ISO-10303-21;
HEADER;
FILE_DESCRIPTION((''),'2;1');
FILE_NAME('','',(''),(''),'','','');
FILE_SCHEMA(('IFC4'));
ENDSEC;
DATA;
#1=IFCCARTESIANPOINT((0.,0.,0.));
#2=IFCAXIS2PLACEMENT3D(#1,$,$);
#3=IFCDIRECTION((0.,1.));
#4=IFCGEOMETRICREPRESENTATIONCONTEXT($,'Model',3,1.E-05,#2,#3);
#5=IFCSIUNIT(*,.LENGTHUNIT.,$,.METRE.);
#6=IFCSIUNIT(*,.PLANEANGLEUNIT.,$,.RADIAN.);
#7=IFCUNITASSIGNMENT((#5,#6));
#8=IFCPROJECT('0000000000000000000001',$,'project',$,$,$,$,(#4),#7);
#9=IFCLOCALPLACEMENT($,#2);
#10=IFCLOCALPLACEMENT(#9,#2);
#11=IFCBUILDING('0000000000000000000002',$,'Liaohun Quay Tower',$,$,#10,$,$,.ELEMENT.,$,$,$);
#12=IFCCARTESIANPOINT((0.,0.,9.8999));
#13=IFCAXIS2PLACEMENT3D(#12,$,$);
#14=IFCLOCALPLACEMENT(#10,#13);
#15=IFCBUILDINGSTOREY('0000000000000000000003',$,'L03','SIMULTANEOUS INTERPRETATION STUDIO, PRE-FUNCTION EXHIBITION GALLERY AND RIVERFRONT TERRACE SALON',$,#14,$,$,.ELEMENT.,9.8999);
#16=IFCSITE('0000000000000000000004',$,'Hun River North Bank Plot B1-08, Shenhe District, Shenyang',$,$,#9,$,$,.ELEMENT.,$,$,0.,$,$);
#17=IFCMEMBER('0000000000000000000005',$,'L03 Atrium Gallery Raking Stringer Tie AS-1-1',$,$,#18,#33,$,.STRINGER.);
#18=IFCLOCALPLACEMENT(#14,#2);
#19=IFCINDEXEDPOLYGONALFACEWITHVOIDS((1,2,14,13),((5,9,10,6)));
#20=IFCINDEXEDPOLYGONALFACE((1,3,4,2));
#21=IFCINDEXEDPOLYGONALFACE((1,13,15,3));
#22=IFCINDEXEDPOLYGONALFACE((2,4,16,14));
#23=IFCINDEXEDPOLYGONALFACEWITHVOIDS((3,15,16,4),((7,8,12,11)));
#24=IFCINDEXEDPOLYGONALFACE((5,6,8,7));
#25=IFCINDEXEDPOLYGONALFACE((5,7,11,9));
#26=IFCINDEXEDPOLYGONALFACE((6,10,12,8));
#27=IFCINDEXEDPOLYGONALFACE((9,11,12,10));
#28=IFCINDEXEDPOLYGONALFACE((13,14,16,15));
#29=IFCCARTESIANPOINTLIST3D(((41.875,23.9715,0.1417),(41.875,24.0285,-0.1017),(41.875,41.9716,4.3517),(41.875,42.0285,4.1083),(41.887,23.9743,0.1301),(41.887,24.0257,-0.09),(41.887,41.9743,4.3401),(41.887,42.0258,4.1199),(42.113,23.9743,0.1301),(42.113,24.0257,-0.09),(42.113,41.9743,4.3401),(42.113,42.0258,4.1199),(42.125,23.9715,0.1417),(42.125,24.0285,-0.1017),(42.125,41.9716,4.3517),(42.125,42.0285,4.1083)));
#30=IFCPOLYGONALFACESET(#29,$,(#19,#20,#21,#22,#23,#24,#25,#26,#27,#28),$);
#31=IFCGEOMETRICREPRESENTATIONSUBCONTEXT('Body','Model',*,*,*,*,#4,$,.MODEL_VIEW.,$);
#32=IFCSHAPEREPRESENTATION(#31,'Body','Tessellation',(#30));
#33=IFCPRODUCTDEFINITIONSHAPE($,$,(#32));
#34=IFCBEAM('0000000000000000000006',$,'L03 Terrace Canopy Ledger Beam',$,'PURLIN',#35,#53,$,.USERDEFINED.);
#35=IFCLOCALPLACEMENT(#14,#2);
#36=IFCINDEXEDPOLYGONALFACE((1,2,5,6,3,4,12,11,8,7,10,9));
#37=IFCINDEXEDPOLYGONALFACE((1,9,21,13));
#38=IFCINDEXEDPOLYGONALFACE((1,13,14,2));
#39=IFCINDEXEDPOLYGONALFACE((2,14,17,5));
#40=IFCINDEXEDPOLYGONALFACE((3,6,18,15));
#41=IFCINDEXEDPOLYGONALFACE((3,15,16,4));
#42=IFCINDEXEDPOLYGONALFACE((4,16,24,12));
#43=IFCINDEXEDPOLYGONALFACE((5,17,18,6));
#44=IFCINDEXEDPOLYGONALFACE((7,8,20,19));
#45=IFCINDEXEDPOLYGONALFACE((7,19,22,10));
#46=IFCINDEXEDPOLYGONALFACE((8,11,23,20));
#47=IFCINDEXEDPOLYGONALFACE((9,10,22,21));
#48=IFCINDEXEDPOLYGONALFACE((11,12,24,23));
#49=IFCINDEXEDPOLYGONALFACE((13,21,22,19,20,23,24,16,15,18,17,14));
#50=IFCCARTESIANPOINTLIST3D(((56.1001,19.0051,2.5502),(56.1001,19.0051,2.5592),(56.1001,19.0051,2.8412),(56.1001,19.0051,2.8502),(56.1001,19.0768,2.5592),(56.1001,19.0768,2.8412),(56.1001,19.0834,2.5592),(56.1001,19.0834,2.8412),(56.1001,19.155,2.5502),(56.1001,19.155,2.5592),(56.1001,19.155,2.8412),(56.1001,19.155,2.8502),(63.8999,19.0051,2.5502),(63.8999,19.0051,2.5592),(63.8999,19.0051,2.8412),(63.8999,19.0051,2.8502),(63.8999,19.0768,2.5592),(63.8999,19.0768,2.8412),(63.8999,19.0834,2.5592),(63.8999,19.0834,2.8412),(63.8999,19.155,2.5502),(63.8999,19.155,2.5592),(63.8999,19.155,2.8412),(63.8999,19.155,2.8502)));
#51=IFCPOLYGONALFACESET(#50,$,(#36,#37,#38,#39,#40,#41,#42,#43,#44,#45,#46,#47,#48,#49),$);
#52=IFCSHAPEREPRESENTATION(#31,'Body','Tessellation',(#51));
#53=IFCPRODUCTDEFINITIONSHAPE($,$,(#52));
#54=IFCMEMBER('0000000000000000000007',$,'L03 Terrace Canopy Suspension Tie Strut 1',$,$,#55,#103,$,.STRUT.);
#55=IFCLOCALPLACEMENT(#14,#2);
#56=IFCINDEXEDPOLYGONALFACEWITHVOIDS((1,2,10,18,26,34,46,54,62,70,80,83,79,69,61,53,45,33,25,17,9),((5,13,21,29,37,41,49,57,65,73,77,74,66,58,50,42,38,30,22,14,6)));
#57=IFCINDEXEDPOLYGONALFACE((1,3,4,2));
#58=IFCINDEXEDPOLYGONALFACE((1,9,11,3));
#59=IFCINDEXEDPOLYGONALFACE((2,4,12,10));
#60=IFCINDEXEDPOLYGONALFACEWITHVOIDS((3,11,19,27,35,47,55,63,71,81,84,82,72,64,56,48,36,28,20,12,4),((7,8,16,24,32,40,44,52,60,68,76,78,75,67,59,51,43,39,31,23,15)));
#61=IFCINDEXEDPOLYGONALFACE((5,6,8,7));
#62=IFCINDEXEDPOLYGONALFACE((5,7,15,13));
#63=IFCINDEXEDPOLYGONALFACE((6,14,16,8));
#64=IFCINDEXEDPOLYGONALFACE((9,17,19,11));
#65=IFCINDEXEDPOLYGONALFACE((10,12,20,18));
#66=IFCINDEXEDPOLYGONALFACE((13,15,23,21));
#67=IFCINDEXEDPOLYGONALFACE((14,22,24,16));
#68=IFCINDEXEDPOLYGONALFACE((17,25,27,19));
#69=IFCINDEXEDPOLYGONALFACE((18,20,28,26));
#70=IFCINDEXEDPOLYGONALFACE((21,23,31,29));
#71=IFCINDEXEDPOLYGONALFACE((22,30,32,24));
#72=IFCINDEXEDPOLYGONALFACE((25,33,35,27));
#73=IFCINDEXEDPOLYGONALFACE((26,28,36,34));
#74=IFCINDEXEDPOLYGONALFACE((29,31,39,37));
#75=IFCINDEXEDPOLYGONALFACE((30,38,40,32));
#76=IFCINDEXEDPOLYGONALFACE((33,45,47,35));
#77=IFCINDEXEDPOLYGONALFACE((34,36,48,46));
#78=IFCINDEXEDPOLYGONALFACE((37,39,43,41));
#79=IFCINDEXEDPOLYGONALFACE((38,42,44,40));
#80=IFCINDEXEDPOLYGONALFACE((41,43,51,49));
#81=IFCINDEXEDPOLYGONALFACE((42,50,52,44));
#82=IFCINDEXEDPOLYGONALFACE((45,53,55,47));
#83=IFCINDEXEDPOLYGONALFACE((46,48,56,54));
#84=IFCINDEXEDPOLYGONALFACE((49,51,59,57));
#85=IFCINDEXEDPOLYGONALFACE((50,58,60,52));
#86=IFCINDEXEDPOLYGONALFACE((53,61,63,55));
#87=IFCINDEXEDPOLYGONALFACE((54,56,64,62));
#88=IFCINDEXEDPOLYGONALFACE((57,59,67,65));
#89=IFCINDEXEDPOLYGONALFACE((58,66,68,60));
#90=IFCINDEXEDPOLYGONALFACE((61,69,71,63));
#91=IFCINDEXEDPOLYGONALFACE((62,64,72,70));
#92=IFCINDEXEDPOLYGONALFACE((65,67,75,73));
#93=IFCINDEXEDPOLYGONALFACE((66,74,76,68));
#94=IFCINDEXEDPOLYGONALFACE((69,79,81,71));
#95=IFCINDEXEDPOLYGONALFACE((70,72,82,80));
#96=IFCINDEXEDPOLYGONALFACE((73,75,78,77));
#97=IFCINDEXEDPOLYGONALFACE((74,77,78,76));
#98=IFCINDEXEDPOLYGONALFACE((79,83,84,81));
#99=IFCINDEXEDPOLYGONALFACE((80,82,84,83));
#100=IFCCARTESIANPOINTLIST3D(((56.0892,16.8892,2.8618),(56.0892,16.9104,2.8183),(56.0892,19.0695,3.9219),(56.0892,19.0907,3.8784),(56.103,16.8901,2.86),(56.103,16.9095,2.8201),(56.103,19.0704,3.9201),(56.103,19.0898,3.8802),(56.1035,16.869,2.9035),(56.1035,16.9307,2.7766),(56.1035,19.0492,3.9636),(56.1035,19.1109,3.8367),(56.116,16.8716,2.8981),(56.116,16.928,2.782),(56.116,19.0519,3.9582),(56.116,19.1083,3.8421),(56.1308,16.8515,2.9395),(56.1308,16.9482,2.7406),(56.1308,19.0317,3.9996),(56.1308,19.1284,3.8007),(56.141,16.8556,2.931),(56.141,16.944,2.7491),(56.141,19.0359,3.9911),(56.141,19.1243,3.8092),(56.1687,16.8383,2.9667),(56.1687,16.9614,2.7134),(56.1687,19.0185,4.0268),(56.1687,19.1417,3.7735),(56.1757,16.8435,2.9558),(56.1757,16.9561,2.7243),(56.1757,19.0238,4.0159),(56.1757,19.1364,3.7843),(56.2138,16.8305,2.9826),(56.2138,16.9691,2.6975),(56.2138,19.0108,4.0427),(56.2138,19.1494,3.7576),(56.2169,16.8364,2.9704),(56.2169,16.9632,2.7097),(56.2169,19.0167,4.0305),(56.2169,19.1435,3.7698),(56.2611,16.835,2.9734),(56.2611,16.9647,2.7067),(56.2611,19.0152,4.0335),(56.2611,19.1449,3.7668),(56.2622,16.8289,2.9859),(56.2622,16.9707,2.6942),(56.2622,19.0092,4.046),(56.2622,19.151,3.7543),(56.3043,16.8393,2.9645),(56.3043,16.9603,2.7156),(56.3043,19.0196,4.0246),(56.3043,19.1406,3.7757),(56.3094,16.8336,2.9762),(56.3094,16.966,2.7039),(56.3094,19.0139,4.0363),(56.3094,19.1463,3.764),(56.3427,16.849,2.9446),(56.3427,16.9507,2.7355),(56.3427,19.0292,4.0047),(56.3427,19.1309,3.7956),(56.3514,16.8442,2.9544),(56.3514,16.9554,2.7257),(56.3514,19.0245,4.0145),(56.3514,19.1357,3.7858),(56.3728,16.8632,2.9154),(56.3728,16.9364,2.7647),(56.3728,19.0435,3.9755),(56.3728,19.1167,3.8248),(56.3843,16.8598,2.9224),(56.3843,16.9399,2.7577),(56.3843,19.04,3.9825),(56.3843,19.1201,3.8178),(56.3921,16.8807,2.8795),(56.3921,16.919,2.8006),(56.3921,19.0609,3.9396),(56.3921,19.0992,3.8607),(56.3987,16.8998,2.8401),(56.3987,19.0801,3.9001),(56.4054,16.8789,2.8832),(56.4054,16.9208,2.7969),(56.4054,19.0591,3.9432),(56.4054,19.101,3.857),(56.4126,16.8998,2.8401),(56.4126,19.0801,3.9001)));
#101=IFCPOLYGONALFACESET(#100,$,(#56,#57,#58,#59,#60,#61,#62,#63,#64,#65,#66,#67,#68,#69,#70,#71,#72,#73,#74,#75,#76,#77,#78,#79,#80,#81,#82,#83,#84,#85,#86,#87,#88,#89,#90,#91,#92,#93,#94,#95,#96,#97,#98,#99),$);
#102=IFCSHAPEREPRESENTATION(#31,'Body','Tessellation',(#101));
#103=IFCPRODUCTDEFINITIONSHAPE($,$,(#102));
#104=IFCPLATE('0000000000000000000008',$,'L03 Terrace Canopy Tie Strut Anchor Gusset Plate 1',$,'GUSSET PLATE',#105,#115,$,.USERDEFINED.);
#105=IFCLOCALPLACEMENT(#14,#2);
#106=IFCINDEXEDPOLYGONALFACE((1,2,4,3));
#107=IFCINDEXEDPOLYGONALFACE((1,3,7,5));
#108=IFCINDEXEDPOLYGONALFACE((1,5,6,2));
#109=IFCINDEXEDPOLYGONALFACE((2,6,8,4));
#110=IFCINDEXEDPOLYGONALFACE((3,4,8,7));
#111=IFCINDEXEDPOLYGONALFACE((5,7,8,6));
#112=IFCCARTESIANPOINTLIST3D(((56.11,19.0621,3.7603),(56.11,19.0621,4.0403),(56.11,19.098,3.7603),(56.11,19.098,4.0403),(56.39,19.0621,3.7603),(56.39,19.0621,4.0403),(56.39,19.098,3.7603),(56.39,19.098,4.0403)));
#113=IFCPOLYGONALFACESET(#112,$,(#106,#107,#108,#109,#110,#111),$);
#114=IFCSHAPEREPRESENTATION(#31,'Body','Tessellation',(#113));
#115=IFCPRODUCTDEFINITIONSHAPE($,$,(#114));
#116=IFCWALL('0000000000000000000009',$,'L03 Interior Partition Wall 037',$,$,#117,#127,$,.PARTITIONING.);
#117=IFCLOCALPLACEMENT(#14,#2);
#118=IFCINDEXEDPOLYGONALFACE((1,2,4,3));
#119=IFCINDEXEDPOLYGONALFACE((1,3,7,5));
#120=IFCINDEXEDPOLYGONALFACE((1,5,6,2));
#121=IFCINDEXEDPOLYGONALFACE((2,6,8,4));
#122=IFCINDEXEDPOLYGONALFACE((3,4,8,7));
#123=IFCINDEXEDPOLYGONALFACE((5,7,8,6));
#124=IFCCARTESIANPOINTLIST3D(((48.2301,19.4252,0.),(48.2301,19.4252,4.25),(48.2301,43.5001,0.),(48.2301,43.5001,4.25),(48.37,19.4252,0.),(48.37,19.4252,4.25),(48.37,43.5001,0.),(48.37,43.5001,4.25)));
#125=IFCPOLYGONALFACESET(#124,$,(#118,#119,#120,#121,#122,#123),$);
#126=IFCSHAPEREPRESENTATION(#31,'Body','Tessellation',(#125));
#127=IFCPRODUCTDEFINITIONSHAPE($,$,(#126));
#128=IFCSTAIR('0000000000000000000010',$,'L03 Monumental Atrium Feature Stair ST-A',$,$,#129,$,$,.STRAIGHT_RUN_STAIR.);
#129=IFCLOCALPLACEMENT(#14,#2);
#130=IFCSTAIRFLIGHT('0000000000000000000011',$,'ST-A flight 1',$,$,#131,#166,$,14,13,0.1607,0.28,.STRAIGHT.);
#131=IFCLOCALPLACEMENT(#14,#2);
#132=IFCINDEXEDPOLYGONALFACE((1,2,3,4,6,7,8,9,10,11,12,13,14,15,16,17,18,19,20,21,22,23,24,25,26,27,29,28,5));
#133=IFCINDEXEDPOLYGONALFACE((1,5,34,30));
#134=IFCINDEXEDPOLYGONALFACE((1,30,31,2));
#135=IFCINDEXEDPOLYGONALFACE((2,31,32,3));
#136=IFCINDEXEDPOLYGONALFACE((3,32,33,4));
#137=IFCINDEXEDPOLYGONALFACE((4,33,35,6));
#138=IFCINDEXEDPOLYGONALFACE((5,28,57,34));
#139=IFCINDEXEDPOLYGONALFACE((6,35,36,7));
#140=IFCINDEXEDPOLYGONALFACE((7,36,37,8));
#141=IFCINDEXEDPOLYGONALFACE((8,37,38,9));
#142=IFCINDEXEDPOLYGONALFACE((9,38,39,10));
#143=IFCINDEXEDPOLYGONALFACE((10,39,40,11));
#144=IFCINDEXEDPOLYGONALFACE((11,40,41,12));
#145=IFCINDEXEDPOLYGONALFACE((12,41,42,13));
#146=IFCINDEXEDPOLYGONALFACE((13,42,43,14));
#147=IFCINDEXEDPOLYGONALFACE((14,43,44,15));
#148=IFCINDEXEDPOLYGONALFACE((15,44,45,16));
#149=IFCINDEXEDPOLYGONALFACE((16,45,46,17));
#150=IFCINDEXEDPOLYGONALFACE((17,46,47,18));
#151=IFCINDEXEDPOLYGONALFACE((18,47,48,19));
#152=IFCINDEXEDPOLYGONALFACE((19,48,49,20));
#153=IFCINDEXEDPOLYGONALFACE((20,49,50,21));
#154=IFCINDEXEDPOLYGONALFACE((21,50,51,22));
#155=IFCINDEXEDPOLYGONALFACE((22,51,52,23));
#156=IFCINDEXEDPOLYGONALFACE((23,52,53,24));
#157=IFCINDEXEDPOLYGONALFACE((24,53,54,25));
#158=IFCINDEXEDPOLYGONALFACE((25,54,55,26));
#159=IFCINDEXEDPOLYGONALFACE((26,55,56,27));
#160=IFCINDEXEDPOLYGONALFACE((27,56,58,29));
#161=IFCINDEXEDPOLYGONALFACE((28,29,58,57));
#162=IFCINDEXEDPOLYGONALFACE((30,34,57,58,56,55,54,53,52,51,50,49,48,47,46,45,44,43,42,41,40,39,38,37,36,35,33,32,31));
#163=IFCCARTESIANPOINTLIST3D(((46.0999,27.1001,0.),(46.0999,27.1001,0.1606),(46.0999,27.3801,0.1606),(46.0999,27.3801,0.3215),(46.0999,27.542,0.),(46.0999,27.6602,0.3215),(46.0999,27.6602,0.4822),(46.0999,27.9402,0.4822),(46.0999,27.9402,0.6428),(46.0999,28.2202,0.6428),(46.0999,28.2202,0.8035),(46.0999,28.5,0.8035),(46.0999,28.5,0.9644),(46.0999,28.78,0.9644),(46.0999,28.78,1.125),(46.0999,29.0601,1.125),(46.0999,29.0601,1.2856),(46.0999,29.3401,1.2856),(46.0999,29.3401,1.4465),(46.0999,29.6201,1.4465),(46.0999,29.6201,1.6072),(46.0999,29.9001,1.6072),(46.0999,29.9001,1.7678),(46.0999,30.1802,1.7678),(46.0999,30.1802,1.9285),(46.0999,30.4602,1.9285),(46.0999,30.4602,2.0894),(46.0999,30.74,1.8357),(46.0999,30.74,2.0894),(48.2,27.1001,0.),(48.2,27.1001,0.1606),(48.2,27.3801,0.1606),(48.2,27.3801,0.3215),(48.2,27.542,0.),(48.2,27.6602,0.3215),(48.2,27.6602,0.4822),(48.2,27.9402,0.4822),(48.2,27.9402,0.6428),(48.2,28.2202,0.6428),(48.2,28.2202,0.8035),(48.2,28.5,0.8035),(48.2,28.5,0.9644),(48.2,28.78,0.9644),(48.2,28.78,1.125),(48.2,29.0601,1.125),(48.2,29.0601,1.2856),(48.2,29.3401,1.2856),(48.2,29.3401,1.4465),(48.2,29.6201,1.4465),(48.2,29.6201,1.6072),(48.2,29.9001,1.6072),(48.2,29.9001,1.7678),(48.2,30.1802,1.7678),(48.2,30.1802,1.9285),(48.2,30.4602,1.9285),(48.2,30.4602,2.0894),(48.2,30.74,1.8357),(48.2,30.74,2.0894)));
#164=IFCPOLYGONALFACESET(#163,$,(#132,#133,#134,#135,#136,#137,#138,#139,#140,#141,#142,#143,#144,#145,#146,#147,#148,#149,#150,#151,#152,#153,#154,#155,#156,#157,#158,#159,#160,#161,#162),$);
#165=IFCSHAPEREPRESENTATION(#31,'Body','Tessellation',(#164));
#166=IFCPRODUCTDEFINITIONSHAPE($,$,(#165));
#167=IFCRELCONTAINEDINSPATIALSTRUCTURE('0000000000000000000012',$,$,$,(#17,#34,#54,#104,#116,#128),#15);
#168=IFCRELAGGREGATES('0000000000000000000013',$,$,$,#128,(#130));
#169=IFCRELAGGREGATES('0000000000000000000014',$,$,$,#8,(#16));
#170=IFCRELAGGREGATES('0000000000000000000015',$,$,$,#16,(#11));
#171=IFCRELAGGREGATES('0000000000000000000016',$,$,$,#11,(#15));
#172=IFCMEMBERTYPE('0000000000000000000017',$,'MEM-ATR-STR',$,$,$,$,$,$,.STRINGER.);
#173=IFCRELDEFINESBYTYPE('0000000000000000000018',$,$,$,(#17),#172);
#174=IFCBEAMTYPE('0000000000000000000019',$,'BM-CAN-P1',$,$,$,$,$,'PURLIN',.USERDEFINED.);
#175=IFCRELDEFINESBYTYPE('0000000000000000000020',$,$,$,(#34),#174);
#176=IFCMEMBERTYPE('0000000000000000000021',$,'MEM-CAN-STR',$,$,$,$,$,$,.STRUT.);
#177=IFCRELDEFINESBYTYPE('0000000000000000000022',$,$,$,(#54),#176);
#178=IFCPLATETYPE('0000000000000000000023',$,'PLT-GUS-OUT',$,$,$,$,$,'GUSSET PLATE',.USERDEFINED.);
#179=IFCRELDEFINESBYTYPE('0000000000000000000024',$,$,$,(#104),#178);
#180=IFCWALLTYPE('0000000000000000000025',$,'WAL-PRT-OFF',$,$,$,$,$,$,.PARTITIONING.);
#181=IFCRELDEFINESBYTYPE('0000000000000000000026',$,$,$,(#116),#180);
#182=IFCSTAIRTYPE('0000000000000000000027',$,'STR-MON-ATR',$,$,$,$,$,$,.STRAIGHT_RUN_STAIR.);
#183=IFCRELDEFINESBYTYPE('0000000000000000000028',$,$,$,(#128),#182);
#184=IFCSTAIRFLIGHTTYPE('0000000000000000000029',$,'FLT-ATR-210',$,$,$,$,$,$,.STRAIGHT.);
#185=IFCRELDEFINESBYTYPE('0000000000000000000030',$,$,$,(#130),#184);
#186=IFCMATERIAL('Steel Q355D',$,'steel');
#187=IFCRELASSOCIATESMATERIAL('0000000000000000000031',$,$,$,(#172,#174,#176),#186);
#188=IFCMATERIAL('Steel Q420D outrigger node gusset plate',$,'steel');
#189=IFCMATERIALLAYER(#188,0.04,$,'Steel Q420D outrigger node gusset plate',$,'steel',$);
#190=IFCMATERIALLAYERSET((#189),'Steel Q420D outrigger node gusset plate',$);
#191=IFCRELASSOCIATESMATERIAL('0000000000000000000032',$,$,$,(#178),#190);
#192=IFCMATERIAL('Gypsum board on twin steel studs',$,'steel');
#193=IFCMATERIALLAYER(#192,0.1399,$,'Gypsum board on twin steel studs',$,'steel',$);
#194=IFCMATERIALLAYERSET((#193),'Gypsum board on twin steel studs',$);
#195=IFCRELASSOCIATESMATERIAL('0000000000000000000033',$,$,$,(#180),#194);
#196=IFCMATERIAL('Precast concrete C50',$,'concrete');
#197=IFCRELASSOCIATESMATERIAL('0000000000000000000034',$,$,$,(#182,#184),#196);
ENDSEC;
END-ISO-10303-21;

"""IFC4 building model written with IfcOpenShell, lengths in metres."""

from ifc_helpers import new_model, si_unit, direction, frame, frame_2d, origin, origin_2d, place, context, subcontext, project, spatial, polyline, rectangle, hollow_rectangle, hollow_circle, i_section, outline, extrude, source, transform, mapped, material, layer, layer_set, material_profile, profile_set, type_object, element, aggregate, save


model = new_model("IFC4")

# Units and contexts
model_context = context("Model", 3, precision=1e-05, world=origin(), true_north=direction((0.0, 1.0)))
body_context = subcontext(model_context, "Body", "Model", "MODEL_VIEW")
ifc_project = project(units=[si_unit("LENGTHUNIT", "METRE"), si_unit("PLANEANGLEUNIT", "RADIAN")], contexts=[model_context])

# Site, building, storey
site_placement = place(None, origin())
site = spatial("IfcSite", under=ifc_project, at=site_placement, Name="Hun River North Bank Plot B1-08, Shenhe District, Shenyang", CompositionType="ELEMENT", RefElevation=0.0)
building_placement = place(site_placement, origin())
building = spatial("IfcBuilding", under=site, at=building_placement, Name="Liaohun Quay Tower", CompositionType="ELEMENT")
storey_placement = place(building_placement, frame((0.0, 0.0, 9.8999)))
storey = spatial("IfcBuildingStorey", under=building, at=storey_placement, Name="L03", Description="SIMULTANEOUS INTERPRETATION STUDIO, PRE-FUNCTION EXHIBITION GALLERY AND RIVERFRONT TERRACE SALON", CompositionType="ELEMENT", Elevation=9.8999)

# Shared definitions
ifc_material_1 = material(Name="Steel Q355D", Category="steel")

# Member
ifc_material_profile_1 = material_profile(ifc_material_1, hollow_rectangle(XDim=0.25, YDim=0.25, WallThickness=0.012, at=origin_2d()), Name="SHS250x250x12")
ifc_profile_set_1 = profile_set([ifc_material_profile_1], Name="Steel Q355D")
member_type_1 = type_object("IfcMemberType", Name="MEM-ATR-STR", PredefinedType="STRINGER", material=ifc_profile_set_1)
shared_shape_1 = source(origin(), body_context, "Body", "SweptSolid", [
    extrude(hollow_rectangle(XDim=0.25, YDim=0.25, WallThickness=0.012, at=origin_2d()), origin(), (0.0, 0.0, 1.0), 18.4858),
])
member_1_placement = place(storey_placement, frame((42.0, 24.0, 0.02), z_axis=(0.0, 0.973722, 0.227741), x_axis=(-1.0, 0.0, 0.0)))
element("IfcMember", 1, at=member_1_placement, inside=storey, type_object=member_type_1, Name="L03 Atrium Gallery Raking Stringer Tie AS-1-1", PredefinedType="STRINGER", context=body_context, shape_type="MappedRepresentation", body=[
    mapped(shared_shape_1, transform((0.0, 0.0, 0.0), x_axis=(1.0, 0.0, 0.0), y_axis=(0.0, 1.0, 0.0), z_axis=(0.0, 0.0, 1.0), scale=1.0)),
])

# Beam
ifc_material_profile_2 = material_profile(ifc_material_1, i_section(OverallWidth=0.1499, OverallDepth=0.3, WebThickness=0.0066, FlangeThickness=0.009, at=origin_2d()), Name="HN300x150x6.5x9")
ifc_profile_set_2 = profile_set([ifc_material_profile_2], Name="Steel Q355D")
beam_type_1 = type_object("IfcBeamType", Name="BM-CAN-P1", ElementType="PURLIN", PredefinedType="USERDEFINED", material=ifc_profile_set_2)
shared_shape_2 = source(origin(), body_context, "Body", "SweptSolid", [
    extrude(i_section(OverallWidth=0.1499, OverallDepth=0.3, WebThickness=0.0066, FlangeThickness=0.009, at=origin_2d()), origin(), (0.0, 0.0, 1.0), 7.7998),
])
beam_1_placement = place(storey_placement, frame((56.1001, 19.0801, 2.7002), z_axis=(1.0, 0.0, 0.0), x_axis=(0.0, 1.0, 0.0)))
element("IfcBeam", 2, at=beam_1_placement, inside=storey, type_object=beam_type_1, Name="L03 Terrace Canopy Ledger Beam", ObjectType="PURLIN", PredefinedType="USERDEFINED", context=body_context, shape_type="MappedRepresentation", body=[
    mapped(shared_shape_2, transform((0.0, 0.0, 0.0), x_axis=(1.0, 0.0, 0.0), y_axis=(0.0, 1.0, 0.0), z_axis=(0.0, 0.0, 1.0), scale=1.0)),
])

# Member
ifc_material_profile_3 = material_profile(ifc_material_1, hollow_circle(Radius=0.1626, WallThickness=0.0139, at=origin_2d()), Name="CHS325x14")
ifc_profile_set_3 = profile_set([ifc_material_profile_3], Name="Steel Q355D")
member_type_2 = type_object("IfcMemberType", Name="MEM-CAN-STR", PredefinedType="STRUT", material=ifc_profile_set_3)
shared_shape_3 = source(origin(), body_context, "Body", "SweptSolid", [
    extrude(hollow_circle(Radius=0.1626, WallThickness=0.0139, at=origin_2d()), origin(), (0.0, 0.0, 1.0), 2.4243),
])
member_2_placement = place(storey_placement, frame((56.25, 19.0801, 3.9001), z_axis=(0.0, -0.899327, -0.437276), x_axis=(1.0, 0.0, 0.0)))
element("IfcMember", 3, at=member_2_placement, inside=storey, type_object=member_type_2, Name="L03 Terrace Canopy Suspension Tie Strut 1", PredefinedType="STRUT", context=body_context, shape_type="MappedRepresentation", body=[
    mapped(shared_shape_3, transform((0.0, 0.0, 0.0), x_axis=(1.0, 0.0, 0.0), y_axis=(0.0, 1.0, 0.0), z_axis=(0.0, 0.0, 1.0), scale=1.0)),
])

# Plate
ifc_material_2 = material(Name="Steel Q420D outrigger node gusset plate", Category="steel")
ifc_layer_1 = layer(ifc_material_2, 0.04, Name="Steel Q420D outrigger node gusset plate", Category="steel")
ifc_layer_set_1 = layer_set([ifc_layer_1], Name="Steel Q420D outrigger node gusset plate")
plate_type = type_object("IfcPlateType", Name="PLT-GUS-OUT", ElementType="GUSSET PLATE", PredefinedType="USERDEFINED", material=ifc_layer_set_1)
shared_shape_4 = source(origin(), body_context, "Body", "SweptSolid", [
    extrude(rectangle(XDim=0.28, YDim=0.0359, at=origin_2d()), origin(), (0.0, 0.0, 1.0), 0.28),
])
plate_placement = place(storey_placement, frame((56.25, 19.0801, 3.7603), z_axis=(0.0, 0.0, 1.0), x_axis=(1.0, 0.0, 0.0)))
element("IfcPlate", 4, at=plate_placement, inside=storey, type_object=plate_type, Name="L03 Terrace Canopy Tie Strut Anchor Gusset Plate 1", ObjectType="GUSSET PLATE", PredefinedType="USERDEFINED", context=body_context, shape_type="MappedRepresentation", body=[
    mapped(shared_shape_4, transform((0.0, 0.0, 0.0), x_axis=(1.0, 0.0, 0.0), y_axis=(0.0, 1.0, 0.0), z_axis=(0.0, 0.0, 1.0), scale=1.0)),
])

# Wall
ifc_material_3 = material(Name="Gypsum board on twin steel studs", Category="steel")
ifc_layer_2 = layer(ifc_material_3, 0.1399, Name="Gypsum board on twin steel studs", Category="steel")
ifc_layer_set_2 = layer_set([ifc_layer_2], Name="Gypsum board on twin steel studs")
wall_type = type_object("IfcWallType", Name="WAL-PRT-OFF", PredefinedType="PARTITIONING", material=ifc_layer_set_2)
wall_placement = place(storey_placement, frame((48.3, 19.425, 0.0), z_axis=(0.0, 0.0, 1.0), x_axis=(0.0, 1.0, 0.0)))
element("IfcWall", 5, at=wall_placement, inside=storey, type_object=wall_type, Name="L03 Interior Partition Wall 037", PredefinedType="PARTITIONING", context=body_context, shape_type="SweptSolid", body=[
    extrude(rectangle(XDim=24.075, YDim=0.1399, at=frame_2d((12.0376, 0.0))), origin(), (0.0, 0.0, 1.0), 4.25),
])

# Stair, stair flight
ifc_material_4 = material(Name="Precast concrete C50", Category="concrete")
stair_type = type_object("IfcStairType", Name="STR-MON-ATR", PredefinedType="STRAIGHT_RUN_STAIR", material=ifc_material_4)
stair_placement = place(storey_placement, origin())
stair = element("IfcStair", 6, at=stair_placement, inside=storey, type_object=stair_type, Name="L03 Monumental Atrium Feature Stair ST-A", PredefinedType="STRAIGHT_RUN_STAIR")
stair_flight_type = type_object("IfcStairFlightType", Name="FLT-ATR-210", PredefinedType="STRAIGHT", material=ifc_material_4)
stair_flight_placement = place(storey_placement, frame((47.1499, 27.1001, 0.0), z_axis=(0.0, 0.0, 1.0), x_axis=(0.0, 1.0, 0.0)))
stair_flight = element("IfcStairFlight", 7, at=stair_flight_placement, type_object=stair_flight_type, Name="ST-A flight 1", NumberOfRisers=14, NumberOfTreads=13, PredefinedType="STRAIGHT", RiserHeight=0.1607, TreadLength=0.28, context=body_context, shape_type="SweptSolid", body=[
    extrude(outline(polyline([(0.0, 0.0), (0.0, 0.1606), (0.28, 0.1606), (0.28, 0.3215), (0.5601, 0.3215), (0.5601, 0.4822), (0.8401, 0.4822), (0.8401, 0.6428), (1.1201, 0.6428), (1.1201, 0.8035), (1.3999, 0.8035), (1.3999, 0.9644), (1.6799, 0.9644), (1.6799, 1.125), (1.96, 1.125), (1.96, 1.2856), (2.24, 1.2856), (2.24, 1.4465), (2.52, 1.4465), (2.52, 1.6072), (2.8, 1.6072), (2.8, 1.7678), (3.0801, 1.7678), (3.0801, 1.9285), (3.3601, 1.9285), (3.3601, 2.0894), (3.6399, 2.0894), (3.6399, 2.25), (3.6399, 1.8357), (0.4419, 0.0), (0.0, 0.0)])), frame((0.0, 1.05, 0.0), z_axis=(0.0, -1.0, 0.0), x_axis=(1.0, 0.0, 0.0)), (0.0, 0.0, 1.0), 2.1001),
])
aggregate(stair, [stair_flight])

save(model, "model.ifc")
